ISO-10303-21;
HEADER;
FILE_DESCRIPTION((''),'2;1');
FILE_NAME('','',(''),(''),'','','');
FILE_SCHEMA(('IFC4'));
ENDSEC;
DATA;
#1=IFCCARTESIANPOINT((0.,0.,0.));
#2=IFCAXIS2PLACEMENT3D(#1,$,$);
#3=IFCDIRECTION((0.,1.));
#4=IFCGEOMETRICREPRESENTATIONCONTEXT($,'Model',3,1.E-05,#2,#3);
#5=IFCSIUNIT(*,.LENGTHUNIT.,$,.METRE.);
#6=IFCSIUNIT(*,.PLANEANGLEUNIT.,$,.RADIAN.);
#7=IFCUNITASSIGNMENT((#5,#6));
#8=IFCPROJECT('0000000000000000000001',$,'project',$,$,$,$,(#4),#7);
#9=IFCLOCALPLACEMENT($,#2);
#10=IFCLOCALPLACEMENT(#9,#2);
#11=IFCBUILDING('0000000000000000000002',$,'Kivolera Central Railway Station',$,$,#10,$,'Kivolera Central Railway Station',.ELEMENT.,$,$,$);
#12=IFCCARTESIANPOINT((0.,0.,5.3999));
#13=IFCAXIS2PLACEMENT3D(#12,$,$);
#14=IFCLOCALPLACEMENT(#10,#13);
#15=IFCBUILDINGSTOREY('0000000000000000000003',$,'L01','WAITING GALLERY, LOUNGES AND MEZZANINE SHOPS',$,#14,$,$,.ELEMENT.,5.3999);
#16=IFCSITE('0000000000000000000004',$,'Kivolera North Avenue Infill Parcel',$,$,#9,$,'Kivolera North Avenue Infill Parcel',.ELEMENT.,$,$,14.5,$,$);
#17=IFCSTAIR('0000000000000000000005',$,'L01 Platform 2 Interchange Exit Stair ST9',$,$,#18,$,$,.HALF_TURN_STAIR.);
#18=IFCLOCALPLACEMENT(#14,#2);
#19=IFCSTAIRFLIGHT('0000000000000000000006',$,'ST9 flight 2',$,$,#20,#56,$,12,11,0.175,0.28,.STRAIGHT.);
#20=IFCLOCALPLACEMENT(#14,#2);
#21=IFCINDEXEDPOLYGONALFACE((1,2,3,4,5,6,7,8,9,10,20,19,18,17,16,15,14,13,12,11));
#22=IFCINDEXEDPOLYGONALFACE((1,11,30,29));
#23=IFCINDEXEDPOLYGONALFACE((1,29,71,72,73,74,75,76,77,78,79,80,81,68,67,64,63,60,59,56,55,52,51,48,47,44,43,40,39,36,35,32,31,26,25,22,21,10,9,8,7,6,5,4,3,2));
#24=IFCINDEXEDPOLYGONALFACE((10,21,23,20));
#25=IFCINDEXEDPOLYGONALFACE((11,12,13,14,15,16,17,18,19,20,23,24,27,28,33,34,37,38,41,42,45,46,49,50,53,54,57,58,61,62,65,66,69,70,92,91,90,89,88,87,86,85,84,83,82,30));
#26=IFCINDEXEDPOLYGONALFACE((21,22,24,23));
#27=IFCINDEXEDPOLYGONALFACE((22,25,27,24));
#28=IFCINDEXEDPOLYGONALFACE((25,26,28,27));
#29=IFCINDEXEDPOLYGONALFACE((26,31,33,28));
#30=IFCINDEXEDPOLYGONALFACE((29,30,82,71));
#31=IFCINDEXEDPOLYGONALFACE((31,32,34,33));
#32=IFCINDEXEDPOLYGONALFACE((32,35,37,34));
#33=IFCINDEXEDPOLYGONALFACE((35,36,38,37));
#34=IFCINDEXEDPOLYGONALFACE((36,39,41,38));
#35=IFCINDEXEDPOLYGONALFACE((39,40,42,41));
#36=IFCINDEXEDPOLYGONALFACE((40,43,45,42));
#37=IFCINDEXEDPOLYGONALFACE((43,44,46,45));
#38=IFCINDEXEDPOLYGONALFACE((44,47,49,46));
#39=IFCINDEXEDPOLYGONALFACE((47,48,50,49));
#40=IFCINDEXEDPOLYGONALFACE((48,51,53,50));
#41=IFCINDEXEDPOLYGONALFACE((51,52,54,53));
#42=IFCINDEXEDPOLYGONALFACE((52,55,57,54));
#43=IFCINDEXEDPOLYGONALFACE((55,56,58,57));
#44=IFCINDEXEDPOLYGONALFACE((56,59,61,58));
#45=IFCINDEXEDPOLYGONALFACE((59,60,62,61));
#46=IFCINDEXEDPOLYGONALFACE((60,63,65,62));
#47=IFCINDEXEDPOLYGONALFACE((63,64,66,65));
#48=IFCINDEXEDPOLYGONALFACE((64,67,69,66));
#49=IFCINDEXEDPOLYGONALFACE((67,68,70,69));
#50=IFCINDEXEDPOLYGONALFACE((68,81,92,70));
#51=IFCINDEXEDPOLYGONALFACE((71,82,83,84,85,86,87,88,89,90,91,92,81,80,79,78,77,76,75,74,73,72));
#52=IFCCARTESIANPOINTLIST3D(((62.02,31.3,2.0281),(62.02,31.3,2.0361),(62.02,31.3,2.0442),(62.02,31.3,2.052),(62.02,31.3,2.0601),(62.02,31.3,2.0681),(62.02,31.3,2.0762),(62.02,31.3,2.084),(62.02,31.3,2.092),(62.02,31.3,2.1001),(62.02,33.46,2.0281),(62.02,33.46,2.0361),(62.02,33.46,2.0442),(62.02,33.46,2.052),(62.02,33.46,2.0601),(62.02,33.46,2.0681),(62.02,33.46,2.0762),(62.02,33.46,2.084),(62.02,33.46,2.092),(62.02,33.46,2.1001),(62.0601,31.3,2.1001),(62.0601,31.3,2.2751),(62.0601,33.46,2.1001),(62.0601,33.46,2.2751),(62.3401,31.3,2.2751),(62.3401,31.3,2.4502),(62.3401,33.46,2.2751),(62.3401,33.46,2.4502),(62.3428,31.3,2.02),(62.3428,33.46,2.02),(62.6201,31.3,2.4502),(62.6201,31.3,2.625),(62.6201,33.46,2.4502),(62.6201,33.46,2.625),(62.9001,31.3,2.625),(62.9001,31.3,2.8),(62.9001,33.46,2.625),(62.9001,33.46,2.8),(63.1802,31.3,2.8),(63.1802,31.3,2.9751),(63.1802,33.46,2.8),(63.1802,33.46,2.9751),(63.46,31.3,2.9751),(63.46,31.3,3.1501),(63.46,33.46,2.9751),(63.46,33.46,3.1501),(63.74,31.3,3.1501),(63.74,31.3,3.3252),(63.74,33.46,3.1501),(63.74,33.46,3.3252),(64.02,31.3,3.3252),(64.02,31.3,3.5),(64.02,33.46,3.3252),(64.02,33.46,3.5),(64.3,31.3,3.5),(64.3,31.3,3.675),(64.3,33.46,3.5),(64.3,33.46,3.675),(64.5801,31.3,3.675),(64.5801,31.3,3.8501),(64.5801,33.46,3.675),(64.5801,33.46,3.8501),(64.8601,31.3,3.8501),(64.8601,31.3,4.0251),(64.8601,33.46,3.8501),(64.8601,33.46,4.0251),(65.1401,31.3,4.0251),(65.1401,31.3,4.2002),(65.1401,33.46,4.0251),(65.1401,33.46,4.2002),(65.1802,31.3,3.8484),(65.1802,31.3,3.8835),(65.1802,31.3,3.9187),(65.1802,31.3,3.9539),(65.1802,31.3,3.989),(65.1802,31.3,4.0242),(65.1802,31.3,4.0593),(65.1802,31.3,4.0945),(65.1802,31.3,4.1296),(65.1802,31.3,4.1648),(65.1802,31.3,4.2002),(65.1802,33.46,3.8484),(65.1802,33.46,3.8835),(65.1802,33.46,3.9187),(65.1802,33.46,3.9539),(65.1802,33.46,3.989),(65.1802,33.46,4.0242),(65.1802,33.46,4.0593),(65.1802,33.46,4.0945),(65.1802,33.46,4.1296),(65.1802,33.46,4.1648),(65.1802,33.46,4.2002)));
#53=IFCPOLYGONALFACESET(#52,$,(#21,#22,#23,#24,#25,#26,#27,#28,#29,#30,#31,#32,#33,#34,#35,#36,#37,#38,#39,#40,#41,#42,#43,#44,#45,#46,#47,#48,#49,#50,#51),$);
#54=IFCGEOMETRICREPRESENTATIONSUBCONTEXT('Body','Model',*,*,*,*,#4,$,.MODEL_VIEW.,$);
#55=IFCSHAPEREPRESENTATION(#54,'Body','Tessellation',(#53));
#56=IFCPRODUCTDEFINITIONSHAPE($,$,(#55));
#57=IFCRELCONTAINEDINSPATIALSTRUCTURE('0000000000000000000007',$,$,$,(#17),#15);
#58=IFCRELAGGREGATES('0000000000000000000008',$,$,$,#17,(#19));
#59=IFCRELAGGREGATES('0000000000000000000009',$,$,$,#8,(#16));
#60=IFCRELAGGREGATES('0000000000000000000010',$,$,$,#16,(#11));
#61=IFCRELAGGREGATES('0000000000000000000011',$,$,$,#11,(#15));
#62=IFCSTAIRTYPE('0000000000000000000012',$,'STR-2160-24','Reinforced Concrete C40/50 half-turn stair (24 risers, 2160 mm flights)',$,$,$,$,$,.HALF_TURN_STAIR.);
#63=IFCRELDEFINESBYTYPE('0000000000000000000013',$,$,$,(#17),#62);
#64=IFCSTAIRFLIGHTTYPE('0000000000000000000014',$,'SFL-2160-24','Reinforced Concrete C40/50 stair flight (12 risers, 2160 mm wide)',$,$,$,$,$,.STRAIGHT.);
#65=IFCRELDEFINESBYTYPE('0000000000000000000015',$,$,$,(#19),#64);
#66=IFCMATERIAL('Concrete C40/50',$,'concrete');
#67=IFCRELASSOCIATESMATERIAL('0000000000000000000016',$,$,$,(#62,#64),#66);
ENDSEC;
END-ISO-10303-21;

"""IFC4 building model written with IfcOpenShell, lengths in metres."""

from ifc_helpers import new_model, si_unit, direction, frame, origin, place, context, subcontext, project, spatial, polyline, outline, extrude, material, type_object, element, aggregate, save


model = new_model("IFC4")

# Units and contexts
model_context = context("Model", 3, precision=1e-05, world=origin(), true_north=direction((0.0, 1.0)))
body_context = subcontext(model_context, "Body", "Model", "MODEL_VIEW")
ifc_project = project(units=[si_unit("LENGTHUNIT", "METRE"), si_unit("PLANEANGLEUNIT", "RADIAN")], contexts=[model_context])

# Site, building, storey
site_placement = place(None, origin())
site = spatial("IfcSite", under=ifc_project, at=site_placement, Name="Kivolera North Avenue Infill Parcel", LongName="Kivolera North Avenue Infill Parcel", CompositionType="ELEMENT", RefElevation=14.5)
building_placement = place(site_placement, origin())
building = spatial("IfcBuilding", under=site, at=building_placement, Name="Kivolera Central Railway Station", LongName="Kivolera Central Railway Station", CompositionType="ELEMENT")
storey_placement = place(building_placement, frame((0.0, 0.0, 5.3999)))
storey = spatial("IfcBuildingStorey", under=building, at=storey_placement, Name="L01", Description="WAITING GALLERY, LOUNGES AND MEZZANINE SHOPS", CompositionType="ELEMENT", Elevation=5.3999)

# Shared definitions
ifc_material_1 = material(Name="Concrete C40/50", Category="concrete")

# Stair, stair flight
stair_type = type_object("IfcStairType", Name="STR-2160-24", Description="Reinforced Concrete C40/50 half-turn stair (24 risers, 2160 mm flights)", PredefinedType="HALF_TURN_STAIR", material=ifc_material_1)
stair_placement = place(storey_placement, origin())
stair = element("IfcStair", 1, at=stair_placement, inside=storey, type_object=stair_type, Name="L01 Platform 2 Interchange Exit Stair ST9", PredefinedType="HALF_TURN_STAIR")
stair_flight_type = type_object("IfcStairFlightType", Name="SFL-2160-24", Description="Reinforced Concrete C40/50 stair flight (12 risers, 2160 mm wide)", PredefinedType="STRAIGHT", material=ifc_material_1)
stair_flight_1_placement = place(storey_placement, frame((62.0601, 32.3799, 2.1001), z_axis=(0.0, 0.0, 1.0), x_axis=(1.0, 0.0, 0.0)))
stair_flight_1 = element("IfcStairFlight", 2, at=stair_flight_1_placement, type_object=stair_flight_type, Name="ST9 flight 2", NumberOfRisers=12, NumberOfTreads=11, PredefinedType="STRAIGHT", RiserHeight=0.175, TreadLength=0.28, context=body_context, shape_type="SweptSolid", body=[
    extrude(outline(polyline([(-0.04, 0.0), (0.0, 0.0), (0.0, 0.175), (0.28, 0.175), (0.28, 0.3501), (0.5601, 0.3501), (0.5601, 0.5249), (0.8401, 0.5249), (0.8401, 0.7), (1.1201, 0.7), (1.1201, 0.875), (1.3999, 0.875), (1.3999, 1.05), (1.6799, 1.05), (1.6799, 1.2251), (1.96, 1.2251), (1.96, 1.3999), (2.24, 1.3999), (2.24, 1.575), (2.52, 1.575), (2.52, 1.75), (2.8, 1.75), (2.8, 1.925), (3.0801, 1.925), (3.0801, 2.1001), (3.1201, 2.1001), (3.1201, 2.0647), (3.1201, 2.0295), (3.1201, 1.9944), (3.1201, 1.9592), (3.1201, 1.9241), (3.1201, 1.8889), (3.1201, 1.8538), (3.1201, 1.8186), (3.1201, 1.7834), (3.1201, 1.7483), (0.2827, -0.0801), (-0.04, -0.072), (-0.04, -0.064), (-0.04, -0.0559), (-0.04, -0.0481), (-0.04, -0.04), (-0.04, -0.032), (-0.04, -0.0239), (-0.04, -0.0161), (-0.04, -0.0081), (-0.04, 0.0)])), frame((0.0, 1.0801, 0.0), z_axis=(0.0, -1.0, 0.0), x_axis=(1.0, 0.0, 0.0)), (0.0, 0.0, 1.0), 2.1599),
])
aggregate(stair, [stair_flight_1])

save(model, "model.ifc")
